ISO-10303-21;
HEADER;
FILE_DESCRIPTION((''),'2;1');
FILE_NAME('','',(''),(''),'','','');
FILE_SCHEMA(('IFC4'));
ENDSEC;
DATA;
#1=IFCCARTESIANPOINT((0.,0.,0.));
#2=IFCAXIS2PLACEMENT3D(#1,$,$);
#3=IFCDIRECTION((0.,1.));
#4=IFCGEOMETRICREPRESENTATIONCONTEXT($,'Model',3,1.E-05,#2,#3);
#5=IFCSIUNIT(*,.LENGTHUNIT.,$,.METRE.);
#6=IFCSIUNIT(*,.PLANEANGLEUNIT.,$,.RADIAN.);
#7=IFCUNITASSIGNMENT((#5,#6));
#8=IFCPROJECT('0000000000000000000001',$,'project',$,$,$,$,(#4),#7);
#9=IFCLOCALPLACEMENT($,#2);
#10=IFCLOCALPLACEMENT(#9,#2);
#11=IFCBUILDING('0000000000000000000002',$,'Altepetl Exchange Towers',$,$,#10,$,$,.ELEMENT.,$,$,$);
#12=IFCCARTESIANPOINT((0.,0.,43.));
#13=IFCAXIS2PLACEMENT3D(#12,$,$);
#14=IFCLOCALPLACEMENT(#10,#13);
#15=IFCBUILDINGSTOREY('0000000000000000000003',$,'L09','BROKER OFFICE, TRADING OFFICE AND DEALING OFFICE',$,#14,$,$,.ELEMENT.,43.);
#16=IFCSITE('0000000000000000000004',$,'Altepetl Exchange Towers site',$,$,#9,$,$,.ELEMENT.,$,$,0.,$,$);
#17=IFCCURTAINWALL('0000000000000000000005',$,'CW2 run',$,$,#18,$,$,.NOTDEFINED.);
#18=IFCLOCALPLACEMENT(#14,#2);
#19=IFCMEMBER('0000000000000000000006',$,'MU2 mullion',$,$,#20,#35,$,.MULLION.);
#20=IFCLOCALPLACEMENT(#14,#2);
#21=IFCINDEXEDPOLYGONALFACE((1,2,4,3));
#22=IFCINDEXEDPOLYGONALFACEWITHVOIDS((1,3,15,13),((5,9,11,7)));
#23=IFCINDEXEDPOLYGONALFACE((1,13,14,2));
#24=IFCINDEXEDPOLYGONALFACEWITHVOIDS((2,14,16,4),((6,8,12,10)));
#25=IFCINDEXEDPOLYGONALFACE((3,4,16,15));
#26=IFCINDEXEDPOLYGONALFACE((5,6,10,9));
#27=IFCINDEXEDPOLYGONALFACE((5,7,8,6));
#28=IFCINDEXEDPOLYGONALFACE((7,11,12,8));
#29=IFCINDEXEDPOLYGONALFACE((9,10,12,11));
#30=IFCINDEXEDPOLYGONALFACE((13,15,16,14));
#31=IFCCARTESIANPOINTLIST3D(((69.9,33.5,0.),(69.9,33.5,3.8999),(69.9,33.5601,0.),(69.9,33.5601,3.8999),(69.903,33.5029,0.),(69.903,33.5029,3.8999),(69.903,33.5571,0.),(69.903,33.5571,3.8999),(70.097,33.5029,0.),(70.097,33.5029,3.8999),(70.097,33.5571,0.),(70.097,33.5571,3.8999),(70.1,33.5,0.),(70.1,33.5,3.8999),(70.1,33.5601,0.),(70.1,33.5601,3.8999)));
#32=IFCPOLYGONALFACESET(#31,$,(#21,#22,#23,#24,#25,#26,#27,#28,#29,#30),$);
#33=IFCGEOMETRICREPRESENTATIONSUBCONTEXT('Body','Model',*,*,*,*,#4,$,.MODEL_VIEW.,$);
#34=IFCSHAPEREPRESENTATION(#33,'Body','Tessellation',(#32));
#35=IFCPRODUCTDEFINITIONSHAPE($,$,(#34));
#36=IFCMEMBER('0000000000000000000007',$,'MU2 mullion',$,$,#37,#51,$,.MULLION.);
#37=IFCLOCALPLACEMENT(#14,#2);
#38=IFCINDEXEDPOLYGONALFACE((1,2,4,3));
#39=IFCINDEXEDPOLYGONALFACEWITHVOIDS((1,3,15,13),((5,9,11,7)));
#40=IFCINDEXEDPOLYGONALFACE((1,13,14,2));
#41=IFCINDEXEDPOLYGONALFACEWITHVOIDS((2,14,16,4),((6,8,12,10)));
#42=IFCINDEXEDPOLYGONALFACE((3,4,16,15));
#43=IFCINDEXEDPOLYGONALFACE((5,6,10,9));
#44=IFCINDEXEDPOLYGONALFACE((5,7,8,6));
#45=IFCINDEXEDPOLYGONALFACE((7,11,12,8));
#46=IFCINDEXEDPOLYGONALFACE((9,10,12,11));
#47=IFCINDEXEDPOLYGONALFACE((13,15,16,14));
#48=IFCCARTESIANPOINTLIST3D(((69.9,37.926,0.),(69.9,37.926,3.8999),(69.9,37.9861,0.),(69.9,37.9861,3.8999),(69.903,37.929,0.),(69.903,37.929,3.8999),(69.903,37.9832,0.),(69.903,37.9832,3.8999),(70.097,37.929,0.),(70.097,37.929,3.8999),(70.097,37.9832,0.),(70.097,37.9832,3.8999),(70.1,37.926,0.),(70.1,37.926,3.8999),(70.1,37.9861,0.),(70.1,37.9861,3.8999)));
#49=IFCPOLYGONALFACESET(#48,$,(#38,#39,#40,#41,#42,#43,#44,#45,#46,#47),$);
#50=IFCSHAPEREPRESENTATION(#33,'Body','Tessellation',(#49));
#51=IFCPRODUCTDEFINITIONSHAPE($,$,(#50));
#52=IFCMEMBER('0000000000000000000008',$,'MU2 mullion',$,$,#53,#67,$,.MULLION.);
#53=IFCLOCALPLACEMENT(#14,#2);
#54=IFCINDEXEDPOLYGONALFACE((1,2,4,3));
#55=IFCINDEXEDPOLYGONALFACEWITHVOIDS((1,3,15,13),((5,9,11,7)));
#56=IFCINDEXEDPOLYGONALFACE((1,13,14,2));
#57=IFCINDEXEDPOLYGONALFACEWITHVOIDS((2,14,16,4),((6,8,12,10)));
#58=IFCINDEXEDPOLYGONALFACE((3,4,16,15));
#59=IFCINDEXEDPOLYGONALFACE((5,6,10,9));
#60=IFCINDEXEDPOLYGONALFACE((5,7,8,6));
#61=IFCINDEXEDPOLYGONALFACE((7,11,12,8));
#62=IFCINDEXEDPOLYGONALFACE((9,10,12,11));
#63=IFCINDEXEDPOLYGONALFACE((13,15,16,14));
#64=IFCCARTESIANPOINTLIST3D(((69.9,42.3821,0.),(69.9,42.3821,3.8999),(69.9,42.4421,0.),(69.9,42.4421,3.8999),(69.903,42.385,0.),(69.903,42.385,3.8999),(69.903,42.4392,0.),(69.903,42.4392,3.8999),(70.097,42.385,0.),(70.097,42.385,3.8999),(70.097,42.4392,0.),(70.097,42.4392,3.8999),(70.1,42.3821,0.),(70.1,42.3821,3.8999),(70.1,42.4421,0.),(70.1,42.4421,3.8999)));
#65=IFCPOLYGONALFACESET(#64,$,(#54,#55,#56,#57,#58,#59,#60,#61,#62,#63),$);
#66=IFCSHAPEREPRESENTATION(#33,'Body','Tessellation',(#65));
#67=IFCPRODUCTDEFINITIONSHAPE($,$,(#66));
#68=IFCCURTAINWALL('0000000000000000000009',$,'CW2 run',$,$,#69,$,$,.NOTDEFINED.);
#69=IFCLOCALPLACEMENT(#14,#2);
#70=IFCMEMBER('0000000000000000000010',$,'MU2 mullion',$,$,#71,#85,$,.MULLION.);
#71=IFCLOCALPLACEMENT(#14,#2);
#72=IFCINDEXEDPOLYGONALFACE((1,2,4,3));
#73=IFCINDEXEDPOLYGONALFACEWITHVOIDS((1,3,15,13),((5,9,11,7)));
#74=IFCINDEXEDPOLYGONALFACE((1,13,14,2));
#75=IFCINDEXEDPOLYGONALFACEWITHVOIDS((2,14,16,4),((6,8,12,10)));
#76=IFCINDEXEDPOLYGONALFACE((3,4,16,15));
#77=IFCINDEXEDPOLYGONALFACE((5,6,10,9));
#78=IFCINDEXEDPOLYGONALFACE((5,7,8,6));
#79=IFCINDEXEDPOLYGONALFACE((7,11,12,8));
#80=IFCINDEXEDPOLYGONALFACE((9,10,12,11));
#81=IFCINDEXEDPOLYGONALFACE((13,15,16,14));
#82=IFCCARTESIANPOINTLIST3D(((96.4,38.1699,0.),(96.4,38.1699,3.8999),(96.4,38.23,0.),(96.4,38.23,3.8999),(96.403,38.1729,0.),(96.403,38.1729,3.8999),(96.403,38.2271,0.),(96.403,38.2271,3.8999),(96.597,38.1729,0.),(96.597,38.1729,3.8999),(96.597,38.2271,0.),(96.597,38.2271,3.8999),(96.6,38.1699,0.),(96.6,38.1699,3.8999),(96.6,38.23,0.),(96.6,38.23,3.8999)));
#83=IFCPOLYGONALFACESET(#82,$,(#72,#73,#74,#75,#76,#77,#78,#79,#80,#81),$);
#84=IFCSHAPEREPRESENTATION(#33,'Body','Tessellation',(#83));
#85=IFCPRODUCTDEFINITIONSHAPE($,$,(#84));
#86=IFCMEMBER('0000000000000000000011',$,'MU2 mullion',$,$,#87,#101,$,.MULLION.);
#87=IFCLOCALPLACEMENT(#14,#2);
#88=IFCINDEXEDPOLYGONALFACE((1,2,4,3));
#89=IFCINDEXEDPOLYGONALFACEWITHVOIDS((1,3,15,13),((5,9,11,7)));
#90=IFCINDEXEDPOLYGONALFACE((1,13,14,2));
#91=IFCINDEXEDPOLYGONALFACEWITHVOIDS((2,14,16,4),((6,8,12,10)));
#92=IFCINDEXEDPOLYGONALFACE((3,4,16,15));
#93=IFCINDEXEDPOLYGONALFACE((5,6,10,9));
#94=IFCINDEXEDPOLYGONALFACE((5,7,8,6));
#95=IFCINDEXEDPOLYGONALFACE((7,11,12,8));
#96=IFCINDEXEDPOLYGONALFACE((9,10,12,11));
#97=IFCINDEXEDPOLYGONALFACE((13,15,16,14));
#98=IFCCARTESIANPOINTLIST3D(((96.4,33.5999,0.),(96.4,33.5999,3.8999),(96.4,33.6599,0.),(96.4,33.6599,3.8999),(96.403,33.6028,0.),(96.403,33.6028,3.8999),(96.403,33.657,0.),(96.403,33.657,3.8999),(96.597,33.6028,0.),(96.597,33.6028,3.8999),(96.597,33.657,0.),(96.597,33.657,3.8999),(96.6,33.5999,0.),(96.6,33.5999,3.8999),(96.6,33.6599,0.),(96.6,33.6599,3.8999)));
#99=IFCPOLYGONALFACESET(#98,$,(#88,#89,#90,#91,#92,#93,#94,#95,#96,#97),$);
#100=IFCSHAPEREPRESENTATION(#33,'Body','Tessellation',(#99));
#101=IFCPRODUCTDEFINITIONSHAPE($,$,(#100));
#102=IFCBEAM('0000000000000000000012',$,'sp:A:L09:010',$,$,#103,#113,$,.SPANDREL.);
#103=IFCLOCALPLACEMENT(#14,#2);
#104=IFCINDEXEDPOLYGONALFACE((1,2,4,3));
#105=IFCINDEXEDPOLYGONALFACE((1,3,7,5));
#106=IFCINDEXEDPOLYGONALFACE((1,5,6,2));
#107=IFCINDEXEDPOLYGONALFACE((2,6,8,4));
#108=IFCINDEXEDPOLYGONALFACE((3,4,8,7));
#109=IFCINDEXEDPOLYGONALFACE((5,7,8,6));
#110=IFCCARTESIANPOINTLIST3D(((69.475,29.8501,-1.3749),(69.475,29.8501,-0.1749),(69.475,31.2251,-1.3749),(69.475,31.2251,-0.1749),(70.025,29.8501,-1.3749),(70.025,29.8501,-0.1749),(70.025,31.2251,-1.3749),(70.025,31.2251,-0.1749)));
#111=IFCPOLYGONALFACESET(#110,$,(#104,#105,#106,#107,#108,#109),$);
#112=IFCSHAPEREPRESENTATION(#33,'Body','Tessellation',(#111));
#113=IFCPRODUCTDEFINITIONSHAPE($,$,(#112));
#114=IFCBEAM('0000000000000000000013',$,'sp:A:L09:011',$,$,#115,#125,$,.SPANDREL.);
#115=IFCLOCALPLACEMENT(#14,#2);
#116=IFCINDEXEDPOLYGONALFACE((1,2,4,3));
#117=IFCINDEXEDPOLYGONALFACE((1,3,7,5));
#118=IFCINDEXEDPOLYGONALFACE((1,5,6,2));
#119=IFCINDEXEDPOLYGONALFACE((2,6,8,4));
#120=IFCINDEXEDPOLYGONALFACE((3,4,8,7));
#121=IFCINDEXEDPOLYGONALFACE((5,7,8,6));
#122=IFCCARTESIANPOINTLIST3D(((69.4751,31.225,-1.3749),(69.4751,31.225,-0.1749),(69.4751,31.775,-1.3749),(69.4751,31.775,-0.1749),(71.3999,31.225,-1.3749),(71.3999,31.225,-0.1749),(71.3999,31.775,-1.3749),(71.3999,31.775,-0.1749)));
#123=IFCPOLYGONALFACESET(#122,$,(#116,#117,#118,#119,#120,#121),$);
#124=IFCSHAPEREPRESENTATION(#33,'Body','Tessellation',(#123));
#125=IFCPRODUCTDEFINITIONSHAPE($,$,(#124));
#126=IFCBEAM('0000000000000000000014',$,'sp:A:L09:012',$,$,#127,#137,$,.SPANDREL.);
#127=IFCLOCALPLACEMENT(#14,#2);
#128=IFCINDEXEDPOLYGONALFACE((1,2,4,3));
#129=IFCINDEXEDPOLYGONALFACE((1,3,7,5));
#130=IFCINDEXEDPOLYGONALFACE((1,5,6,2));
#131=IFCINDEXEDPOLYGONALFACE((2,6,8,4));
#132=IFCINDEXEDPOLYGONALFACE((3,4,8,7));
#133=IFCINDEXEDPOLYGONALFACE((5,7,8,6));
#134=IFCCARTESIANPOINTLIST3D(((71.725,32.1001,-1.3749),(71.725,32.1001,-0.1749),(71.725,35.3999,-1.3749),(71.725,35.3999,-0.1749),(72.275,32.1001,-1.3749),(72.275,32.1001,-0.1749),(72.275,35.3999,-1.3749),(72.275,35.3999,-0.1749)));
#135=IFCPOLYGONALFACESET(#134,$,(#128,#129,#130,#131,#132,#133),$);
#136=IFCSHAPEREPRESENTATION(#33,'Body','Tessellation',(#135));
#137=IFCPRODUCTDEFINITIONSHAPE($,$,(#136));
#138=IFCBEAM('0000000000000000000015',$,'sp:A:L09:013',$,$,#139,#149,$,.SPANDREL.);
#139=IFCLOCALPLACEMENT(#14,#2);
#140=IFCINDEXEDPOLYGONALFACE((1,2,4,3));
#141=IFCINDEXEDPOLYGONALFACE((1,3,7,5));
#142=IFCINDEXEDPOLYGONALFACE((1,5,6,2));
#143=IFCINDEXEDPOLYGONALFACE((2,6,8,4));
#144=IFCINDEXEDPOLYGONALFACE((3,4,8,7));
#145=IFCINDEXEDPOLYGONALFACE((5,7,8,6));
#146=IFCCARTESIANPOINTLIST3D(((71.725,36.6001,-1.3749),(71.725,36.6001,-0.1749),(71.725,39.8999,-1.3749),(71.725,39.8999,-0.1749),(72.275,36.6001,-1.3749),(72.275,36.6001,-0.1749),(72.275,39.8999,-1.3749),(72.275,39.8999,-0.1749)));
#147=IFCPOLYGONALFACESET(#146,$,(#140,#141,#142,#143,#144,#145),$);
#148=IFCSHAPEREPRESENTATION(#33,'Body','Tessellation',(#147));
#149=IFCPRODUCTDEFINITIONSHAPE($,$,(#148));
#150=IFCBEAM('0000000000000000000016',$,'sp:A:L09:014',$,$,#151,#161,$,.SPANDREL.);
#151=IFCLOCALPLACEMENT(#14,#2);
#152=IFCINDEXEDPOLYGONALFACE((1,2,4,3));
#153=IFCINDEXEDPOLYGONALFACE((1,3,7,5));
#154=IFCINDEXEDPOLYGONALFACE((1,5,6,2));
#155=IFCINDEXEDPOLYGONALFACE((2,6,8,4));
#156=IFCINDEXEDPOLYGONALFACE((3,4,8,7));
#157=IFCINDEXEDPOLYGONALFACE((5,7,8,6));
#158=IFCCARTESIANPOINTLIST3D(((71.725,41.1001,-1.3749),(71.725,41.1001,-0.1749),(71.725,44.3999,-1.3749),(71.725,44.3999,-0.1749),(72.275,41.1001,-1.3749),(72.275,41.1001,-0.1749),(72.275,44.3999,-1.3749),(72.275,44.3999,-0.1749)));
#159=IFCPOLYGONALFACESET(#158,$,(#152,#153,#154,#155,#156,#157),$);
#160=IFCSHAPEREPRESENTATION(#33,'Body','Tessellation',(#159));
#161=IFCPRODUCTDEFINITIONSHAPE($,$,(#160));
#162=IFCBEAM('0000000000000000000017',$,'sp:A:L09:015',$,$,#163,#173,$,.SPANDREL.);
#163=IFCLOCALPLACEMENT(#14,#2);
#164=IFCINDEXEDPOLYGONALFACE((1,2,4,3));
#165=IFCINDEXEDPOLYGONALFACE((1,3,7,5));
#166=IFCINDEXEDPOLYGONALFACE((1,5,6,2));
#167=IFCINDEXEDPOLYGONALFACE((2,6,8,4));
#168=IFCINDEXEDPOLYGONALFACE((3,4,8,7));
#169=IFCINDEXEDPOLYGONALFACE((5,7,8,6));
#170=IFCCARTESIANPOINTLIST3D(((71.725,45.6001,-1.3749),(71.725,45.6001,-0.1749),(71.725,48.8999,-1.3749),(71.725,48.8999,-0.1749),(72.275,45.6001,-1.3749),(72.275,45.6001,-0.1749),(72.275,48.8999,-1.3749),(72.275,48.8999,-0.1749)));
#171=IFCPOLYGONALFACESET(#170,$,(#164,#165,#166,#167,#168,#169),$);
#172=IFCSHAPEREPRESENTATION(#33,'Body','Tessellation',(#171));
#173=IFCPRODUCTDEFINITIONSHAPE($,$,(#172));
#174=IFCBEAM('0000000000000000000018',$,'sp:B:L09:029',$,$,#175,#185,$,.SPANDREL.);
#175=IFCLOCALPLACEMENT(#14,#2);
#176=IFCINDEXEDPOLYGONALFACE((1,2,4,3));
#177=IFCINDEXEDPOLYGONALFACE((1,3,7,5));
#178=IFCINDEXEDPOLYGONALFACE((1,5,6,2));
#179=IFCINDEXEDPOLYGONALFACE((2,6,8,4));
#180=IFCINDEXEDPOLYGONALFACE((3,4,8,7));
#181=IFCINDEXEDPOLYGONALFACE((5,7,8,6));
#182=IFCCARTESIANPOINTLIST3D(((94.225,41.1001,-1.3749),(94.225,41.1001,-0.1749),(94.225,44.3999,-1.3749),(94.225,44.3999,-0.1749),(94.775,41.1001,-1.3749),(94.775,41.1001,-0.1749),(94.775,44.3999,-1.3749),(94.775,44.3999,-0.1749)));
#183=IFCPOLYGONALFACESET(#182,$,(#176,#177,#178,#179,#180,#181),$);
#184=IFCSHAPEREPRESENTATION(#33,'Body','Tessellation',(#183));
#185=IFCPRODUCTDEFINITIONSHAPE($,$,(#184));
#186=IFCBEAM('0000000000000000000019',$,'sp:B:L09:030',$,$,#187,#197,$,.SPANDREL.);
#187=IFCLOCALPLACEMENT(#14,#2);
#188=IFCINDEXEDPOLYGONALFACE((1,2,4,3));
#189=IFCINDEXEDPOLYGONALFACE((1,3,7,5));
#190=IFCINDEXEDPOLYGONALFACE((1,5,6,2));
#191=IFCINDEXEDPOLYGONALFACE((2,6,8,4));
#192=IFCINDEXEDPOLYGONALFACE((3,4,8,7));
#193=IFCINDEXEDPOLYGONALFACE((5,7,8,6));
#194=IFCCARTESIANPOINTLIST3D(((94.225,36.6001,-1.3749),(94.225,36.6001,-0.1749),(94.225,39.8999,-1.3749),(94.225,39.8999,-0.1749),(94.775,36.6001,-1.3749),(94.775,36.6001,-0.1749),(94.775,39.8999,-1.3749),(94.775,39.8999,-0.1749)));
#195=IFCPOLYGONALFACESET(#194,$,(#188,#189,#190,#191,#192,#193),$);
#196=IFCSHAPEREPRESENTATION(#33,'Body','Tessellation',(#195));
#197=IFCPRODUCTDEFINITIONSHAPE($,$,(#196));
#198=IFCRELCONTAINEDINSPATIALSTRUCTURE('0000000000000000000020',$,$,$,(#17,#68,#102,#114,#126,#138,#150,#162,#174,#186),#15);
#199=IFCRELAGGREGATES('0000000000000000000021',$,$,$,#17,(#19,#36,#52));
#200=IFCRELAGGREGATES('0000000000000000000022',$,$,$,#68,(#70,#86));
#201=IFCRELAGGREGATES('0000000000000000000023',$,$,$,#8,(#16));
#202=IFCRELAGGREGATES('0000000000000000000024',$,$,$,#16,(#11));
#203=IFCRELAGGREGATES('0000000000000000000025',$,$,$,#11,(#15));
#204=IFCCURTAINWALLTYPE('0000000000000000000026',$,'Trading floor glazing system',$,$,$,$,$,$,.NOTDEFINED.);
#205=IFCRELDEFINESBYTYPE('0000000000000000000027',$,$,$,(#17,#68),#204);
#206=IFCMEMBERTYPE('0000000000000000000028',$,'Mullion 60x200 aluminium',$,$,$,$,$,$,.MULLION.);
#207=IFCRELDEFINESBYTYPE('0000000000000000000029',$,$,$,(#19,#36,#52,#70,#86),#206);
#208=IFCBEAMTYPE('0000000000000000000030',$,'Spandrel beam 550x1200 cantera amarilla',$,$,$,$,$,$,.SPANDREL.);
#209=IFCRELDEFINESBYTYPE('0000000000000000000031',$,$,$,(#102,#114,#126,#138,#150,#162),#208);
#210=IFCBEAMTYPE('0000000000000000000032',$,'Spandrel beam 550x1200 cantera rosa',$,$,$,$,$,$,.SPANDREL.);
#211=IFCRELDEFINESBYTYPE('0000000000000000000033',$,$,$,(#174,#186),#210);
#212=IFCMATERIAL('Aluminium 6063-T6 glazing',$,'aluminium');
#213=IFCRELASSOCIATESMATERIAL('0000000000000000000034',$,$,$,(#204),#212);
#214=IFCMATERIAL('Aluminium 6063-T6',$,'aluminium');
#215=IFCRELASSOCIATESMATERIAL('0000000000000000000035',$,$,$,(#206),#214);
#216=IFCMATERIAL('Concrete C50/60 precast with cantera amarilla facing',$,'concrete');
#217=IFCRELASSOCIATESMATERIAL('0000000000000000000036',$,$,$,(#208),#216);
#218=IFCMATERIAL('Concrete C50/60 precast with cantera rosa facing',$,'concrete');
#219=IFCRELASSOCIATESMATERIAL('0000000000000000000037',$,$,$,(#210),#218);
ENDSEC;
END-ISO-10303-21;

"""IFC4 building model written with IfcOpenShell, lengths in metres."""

from ifc_helpers import new_model, si_unit, direction, frame, origin, origin_2d, place, context, subcontext, project, spatial, rectangle, hollow_rectangle, extrude, material, material_profile, profile_set, type_object, element, aggregate, save


model = new_model("IFC4")

# Units and contexts
model_context = context("Model", 3, precision=1e-05, world=origin(), true_north=direction((0.0, 1.0)))
body_context = subcontext(model_context, "Body", "Model", "MODEL_VIEW")
ifc_project = project(units=[si_unit("LENGTHUNIT", "METRE"), si_unit("PLANEANGLEUNIT", "RADIAN")], contexts=[model_context])

# Site, building, storey
site_placement = place(None, origin())
site = spatial("IfcSite", under=ifc_project, at=site_placement, Name="Altepetl Exchange Towers site", CompositionType="ELEMENT", RefElevation=0.0)
building_placement = place(site_placement, origin())
building = spatial("IfcBuilding", under=site, at=building_placement, Name="Altepetl Exchange Towers", CompositionType="ELEMENT")
storey_placement = place(building_placement, frame((0.0, 0.0, 43.0)))
storey = spatial("IfcBuildingStorey", under=building, at=storey_placement, Name="L09", Description="BROKER OFFICE, TRADING OFFICE AND DEALING OFFICE", CompositionType="ELEMENT", Elevation=43.0)

# Curtain walls, members
ifc_material_1 = material(Name="Aluminium 6063-T6 glazing", Category="aluminium")
curtain_wall_type = type_object("IfcCurtainWallType", Name="Trading floor glazing system", PredefinedType="NOTDEFINED", material=ifc_material_1)
ifc_material_2 = material(Name="Aluminium 6063-T6", Category="aluminium")
ifc_material_profile_1 = material_profile(ifc_material_2, hollow_rectangle(XDim=0.0601, YDim=0.2, WallThickness=0.0029, at=origin_2d()), Name="Mullion 60x200 aluminium")
ifc_profile_set_1 = profile_set([ifc_material_profile_1], Name="Aluminium 6063-T6")
member_type = type_object("IfcMemberType", Name="Mullion 60x200 aluminium", PredefinedType="MULLION", material=ifc_profile_set_1)
curtain_wall_1_placement = place(storey_placement, origin())
curtain_wall_1 = element("IfcCurtainWall", 1, at=curtain_wall_1_placement, inside=storey, type_object=curtain_wall_type, Name="CW2 run", PredefinedType="NOTDEFINED")
member_1_placement = place(storey_placement, frame((70.0, 33.53, 0.0), z_axis=(0.0, 0.0, 1.0), x_axis=(0.0, 1.0, 0.0)))
member_1 = element("IfcMember", 2, at=member_1_placement, type_object=member_type, Name="MU2 mullion", PredefinedType="MULLION", context=body_context, shape_type="SweptSolid", body=[
    extrude(hollow_rectangle(XDim=0.0601, YDim=0.2, WallThickness=0.0029, at=origin_2d()), origin(), (0.0, 0.0, 1.0), 3.8999),
])
member_2_placement = place(storey_placement, frame((70.0, 37.9561, 0.0), z_axis=(0.0, 0.0, 1.0), x_axis=(0.0, 1.0, 0.0)))
member_2 = element("IfcMember", 3, at=member_2_placement, type_object=member_type, Name="MU2 mullion", PredefinedType="MULLION", context=body_context, shape_type="SweptSolid", body=[
    extrude(hollow_rectangle(XDim=0.0601, YDim=0.2, WallThickness=0.0029, at=origin_2d()), origin(), (0.0, 0.0, 1.0), 3.8999),
])
member_3_placement = place(storey_placement, frame((70.0, 42.4121, 0.0), z_axis=(0.0, 0.0, 1.0), x_axis=(0.0, 1.0, 0.0)))
member_3 = element("IfcMember", 4, at=member_3_placement, type_object=member_type, Name="MU2 mullion", PredefinedType="MULLION", context=body_context, shape_type="SweptSolid", body=[
    extrude(hollow_rectangle(XDim=0.0601, YDim=0.2, WallThickness=0.0029, at=origin_2d()), origin(), (0.0, 0.0, 1.0), 3.8999),
])
curtain_wall_2_placement = place(storey_placement, origin())
curtain_wall_2 = element("IfcCurtainWall", 5, at=curtain_wall_2_placement, inside=storey, type_object=curtain_wall_type, Name="CW2 run", PredefinedType="NOTDEFINED")
member_4_placement = place(storey_placement, frame((96.5, 38.2, 0.0), z_axis=(0.0, 0.0, 1.0), x_axis=(0.0, -1.0, 0.0)))
member_4 = element("IfcMember", 6, at=member_4_placement, type_object=member_type, Name="MU2 mullion", PredefinedType="MULLION", context=body_context, shape_type="SweptSolid", body=[
    extrude(hollow_rectangle(XDim=0.0601, YDim=0.2, WallThickness=0.0029, at=origin_2d()), origin(), (0.0, 0.0, 1.0), 3.8999),
])
member_5_placement = place(storey_placement, frame((96.5, 33.6299, 0.0), z_axis=(0.0, 0.0, 1.0), x_axis=(0.0, -1.0, 0.0)))
member_5 = element("IfcMember", 7, at=member_5_placement, type_object=member_type, Name="MU2 mullion", PredefinedType="MULLION", context=body_context, shape_type="SweptSolid", body=[
    extrude(hollow_rectangle(XDim=0.0601, YDim=0.2, WallThickness=0.0029, at=origin_2d()), origin(), (0.0, 0.0, 1.0), 3.8999),
])

# Beams
ifc_material_3 = material(Name="Concrete C50/60 precast with cantera amarilla facing", Category="concrete")
ifc_material_profile_2 = material_profile(ifc_material_3, rectangle(XDim=0.55, YDim=1.2, at=origin_2d()), Name="550 x 1200")
ifc_profile_set_2 = profile_set([ifc_material_profile_2], Name="Concrete C50/60 precast with cantera amarilla facing")
beam_type_1 = type_object("IfcBeamType", Name="Spandrel beam 550x1200 cantera amarilla", PredefinedType="SPANDREL", material=ifc_profile_set_2)
beam_1_placement = place(storey_placement, frame((69.75, 29.8501, -0.7749), z_axis=(0.0, 1.0, 0.0), x_axis=(-1.0, 0.0, 0.0)))
element("IfcBeam", 8, at=beam_1_placement, inside=storey, type_object=beam_type_1, Name="sp:A:L09:010", PredefinedType="SPANDREL", context=body_context, shape_type="SweptSolid", body=[
    extrude(rectangle(XDim=0.55, YDim=1.2, at=origin_2d()), origin(), (0.0, 0.0, 1.0), 1.375),
])
beam_2_placement = place(storey_placement, frame((69.4751, 31.5, -0.7749), z_axis=(1.0, 0.0, 0.0), x_axis=(0.0, 1.0, 0.0)))
element("IfcBeam", 9, at=beam_2_placement, inside=storey, type_object=beam_type_1, Name="sp:A:L09:011", PredefinedType="SPANDREL", context=body_context, shape_type="SweptSolid", body=[
    extrude(rectangle(XDim=0.55, YDim=1.2, at=origin_2d()), origin(), (0.0, 0.0, 1.0), 1.9248),
])
for number, where, z_axis, x_axis, name in (
    (10, (72.0, 32.1001, -0.7749), (0.0, 1.0, 0.0), (-1.0, 0.0, 0.0), "sp:A:L09:012"),
    (11, (72.0, 36.6001, -0.7749), (0.0, 1.0, 0.0), (-1.0, 0.0, 0.0), "sp:A:L09:013"),
    (12, (72.0, 41.1001, -0.7749), (0.0, 1.0, 0.0), (-1.0, 0.0, 0.0), "sp:A:L09:014"),
    (13, (72.0, 45.6001, -0.7749), (0.0, 1.0, 0.0), (-1.0, 0.0, 0.0), "sp:A:L09:015"),
):
    element("IfcBeam", number, at=place(storey_placement, frame(where, z_axis=z_axis, x_axis=x_axis)), inside=storey, type_object=beam_type_1, Name=name, PredefinedType="SPANDREL", context=body_context, shape_type="SweptSolid", body=[
        extrude(rectangle(XDim=0.55, YDim=1.2, at=origin_2d()), origin(), (0.0, 0.0, 1.0), 3.2998),
    ])
ifc_material_4 = material(Name="Concrete C50/60 precast with cantera rosa facing", Category="concrete")
ifc_material_profile_3 = material_profile(ifc_material_4, rectangle(XDim=0.55, YDim=1.2, at=origin_2d()), Name="550 x 1200")
ifc_profile_set_3 = profile_set([ifc_material_profile_3], Name="Concrete C50/60 precast with cantera rosa facing")
beam_type_2 = type_object("IfcBeamType", Name="Spandrel beam 550x1200 cantera rosa", PredefinedType="SPANDREL", material=ifc_profile_set_3)
for number, where, z_axis, x_axis, name in (
    (14, (94.5, 44.3999, -0.7749), (0.0, -1.0, 0.0), (1.0, 0.0, 0.0), "sp:B:L09:029"),
    (15, (94.5, 39.8999, -0.7749), (0.0, -1.0, 0.0), (1.0, 0.0, 0.0), "sp:B:L09:030"),
):
    element("IfcBeam", number, at=place(storey_placement, frame(where, z_axis=z_axis, x_axis=x_axis)), inside=storey, type_object=beam_type_2, Name=name, PredefinedType="SPANDREL", context=body_context, shape_type="SweptSolid", body=[
        extrude(rectangle(XDim=0.55, YDim=1.2, at=origin_2d()), origin(), (0.0, 0.0, 1.0), 3.2998),
    ])

aggregate(curtain_wall_1, [member_1, member_2, member_3])
aggregate(curtain_wall_2, [member_4, member_5])

save(model, "model.ifc")
